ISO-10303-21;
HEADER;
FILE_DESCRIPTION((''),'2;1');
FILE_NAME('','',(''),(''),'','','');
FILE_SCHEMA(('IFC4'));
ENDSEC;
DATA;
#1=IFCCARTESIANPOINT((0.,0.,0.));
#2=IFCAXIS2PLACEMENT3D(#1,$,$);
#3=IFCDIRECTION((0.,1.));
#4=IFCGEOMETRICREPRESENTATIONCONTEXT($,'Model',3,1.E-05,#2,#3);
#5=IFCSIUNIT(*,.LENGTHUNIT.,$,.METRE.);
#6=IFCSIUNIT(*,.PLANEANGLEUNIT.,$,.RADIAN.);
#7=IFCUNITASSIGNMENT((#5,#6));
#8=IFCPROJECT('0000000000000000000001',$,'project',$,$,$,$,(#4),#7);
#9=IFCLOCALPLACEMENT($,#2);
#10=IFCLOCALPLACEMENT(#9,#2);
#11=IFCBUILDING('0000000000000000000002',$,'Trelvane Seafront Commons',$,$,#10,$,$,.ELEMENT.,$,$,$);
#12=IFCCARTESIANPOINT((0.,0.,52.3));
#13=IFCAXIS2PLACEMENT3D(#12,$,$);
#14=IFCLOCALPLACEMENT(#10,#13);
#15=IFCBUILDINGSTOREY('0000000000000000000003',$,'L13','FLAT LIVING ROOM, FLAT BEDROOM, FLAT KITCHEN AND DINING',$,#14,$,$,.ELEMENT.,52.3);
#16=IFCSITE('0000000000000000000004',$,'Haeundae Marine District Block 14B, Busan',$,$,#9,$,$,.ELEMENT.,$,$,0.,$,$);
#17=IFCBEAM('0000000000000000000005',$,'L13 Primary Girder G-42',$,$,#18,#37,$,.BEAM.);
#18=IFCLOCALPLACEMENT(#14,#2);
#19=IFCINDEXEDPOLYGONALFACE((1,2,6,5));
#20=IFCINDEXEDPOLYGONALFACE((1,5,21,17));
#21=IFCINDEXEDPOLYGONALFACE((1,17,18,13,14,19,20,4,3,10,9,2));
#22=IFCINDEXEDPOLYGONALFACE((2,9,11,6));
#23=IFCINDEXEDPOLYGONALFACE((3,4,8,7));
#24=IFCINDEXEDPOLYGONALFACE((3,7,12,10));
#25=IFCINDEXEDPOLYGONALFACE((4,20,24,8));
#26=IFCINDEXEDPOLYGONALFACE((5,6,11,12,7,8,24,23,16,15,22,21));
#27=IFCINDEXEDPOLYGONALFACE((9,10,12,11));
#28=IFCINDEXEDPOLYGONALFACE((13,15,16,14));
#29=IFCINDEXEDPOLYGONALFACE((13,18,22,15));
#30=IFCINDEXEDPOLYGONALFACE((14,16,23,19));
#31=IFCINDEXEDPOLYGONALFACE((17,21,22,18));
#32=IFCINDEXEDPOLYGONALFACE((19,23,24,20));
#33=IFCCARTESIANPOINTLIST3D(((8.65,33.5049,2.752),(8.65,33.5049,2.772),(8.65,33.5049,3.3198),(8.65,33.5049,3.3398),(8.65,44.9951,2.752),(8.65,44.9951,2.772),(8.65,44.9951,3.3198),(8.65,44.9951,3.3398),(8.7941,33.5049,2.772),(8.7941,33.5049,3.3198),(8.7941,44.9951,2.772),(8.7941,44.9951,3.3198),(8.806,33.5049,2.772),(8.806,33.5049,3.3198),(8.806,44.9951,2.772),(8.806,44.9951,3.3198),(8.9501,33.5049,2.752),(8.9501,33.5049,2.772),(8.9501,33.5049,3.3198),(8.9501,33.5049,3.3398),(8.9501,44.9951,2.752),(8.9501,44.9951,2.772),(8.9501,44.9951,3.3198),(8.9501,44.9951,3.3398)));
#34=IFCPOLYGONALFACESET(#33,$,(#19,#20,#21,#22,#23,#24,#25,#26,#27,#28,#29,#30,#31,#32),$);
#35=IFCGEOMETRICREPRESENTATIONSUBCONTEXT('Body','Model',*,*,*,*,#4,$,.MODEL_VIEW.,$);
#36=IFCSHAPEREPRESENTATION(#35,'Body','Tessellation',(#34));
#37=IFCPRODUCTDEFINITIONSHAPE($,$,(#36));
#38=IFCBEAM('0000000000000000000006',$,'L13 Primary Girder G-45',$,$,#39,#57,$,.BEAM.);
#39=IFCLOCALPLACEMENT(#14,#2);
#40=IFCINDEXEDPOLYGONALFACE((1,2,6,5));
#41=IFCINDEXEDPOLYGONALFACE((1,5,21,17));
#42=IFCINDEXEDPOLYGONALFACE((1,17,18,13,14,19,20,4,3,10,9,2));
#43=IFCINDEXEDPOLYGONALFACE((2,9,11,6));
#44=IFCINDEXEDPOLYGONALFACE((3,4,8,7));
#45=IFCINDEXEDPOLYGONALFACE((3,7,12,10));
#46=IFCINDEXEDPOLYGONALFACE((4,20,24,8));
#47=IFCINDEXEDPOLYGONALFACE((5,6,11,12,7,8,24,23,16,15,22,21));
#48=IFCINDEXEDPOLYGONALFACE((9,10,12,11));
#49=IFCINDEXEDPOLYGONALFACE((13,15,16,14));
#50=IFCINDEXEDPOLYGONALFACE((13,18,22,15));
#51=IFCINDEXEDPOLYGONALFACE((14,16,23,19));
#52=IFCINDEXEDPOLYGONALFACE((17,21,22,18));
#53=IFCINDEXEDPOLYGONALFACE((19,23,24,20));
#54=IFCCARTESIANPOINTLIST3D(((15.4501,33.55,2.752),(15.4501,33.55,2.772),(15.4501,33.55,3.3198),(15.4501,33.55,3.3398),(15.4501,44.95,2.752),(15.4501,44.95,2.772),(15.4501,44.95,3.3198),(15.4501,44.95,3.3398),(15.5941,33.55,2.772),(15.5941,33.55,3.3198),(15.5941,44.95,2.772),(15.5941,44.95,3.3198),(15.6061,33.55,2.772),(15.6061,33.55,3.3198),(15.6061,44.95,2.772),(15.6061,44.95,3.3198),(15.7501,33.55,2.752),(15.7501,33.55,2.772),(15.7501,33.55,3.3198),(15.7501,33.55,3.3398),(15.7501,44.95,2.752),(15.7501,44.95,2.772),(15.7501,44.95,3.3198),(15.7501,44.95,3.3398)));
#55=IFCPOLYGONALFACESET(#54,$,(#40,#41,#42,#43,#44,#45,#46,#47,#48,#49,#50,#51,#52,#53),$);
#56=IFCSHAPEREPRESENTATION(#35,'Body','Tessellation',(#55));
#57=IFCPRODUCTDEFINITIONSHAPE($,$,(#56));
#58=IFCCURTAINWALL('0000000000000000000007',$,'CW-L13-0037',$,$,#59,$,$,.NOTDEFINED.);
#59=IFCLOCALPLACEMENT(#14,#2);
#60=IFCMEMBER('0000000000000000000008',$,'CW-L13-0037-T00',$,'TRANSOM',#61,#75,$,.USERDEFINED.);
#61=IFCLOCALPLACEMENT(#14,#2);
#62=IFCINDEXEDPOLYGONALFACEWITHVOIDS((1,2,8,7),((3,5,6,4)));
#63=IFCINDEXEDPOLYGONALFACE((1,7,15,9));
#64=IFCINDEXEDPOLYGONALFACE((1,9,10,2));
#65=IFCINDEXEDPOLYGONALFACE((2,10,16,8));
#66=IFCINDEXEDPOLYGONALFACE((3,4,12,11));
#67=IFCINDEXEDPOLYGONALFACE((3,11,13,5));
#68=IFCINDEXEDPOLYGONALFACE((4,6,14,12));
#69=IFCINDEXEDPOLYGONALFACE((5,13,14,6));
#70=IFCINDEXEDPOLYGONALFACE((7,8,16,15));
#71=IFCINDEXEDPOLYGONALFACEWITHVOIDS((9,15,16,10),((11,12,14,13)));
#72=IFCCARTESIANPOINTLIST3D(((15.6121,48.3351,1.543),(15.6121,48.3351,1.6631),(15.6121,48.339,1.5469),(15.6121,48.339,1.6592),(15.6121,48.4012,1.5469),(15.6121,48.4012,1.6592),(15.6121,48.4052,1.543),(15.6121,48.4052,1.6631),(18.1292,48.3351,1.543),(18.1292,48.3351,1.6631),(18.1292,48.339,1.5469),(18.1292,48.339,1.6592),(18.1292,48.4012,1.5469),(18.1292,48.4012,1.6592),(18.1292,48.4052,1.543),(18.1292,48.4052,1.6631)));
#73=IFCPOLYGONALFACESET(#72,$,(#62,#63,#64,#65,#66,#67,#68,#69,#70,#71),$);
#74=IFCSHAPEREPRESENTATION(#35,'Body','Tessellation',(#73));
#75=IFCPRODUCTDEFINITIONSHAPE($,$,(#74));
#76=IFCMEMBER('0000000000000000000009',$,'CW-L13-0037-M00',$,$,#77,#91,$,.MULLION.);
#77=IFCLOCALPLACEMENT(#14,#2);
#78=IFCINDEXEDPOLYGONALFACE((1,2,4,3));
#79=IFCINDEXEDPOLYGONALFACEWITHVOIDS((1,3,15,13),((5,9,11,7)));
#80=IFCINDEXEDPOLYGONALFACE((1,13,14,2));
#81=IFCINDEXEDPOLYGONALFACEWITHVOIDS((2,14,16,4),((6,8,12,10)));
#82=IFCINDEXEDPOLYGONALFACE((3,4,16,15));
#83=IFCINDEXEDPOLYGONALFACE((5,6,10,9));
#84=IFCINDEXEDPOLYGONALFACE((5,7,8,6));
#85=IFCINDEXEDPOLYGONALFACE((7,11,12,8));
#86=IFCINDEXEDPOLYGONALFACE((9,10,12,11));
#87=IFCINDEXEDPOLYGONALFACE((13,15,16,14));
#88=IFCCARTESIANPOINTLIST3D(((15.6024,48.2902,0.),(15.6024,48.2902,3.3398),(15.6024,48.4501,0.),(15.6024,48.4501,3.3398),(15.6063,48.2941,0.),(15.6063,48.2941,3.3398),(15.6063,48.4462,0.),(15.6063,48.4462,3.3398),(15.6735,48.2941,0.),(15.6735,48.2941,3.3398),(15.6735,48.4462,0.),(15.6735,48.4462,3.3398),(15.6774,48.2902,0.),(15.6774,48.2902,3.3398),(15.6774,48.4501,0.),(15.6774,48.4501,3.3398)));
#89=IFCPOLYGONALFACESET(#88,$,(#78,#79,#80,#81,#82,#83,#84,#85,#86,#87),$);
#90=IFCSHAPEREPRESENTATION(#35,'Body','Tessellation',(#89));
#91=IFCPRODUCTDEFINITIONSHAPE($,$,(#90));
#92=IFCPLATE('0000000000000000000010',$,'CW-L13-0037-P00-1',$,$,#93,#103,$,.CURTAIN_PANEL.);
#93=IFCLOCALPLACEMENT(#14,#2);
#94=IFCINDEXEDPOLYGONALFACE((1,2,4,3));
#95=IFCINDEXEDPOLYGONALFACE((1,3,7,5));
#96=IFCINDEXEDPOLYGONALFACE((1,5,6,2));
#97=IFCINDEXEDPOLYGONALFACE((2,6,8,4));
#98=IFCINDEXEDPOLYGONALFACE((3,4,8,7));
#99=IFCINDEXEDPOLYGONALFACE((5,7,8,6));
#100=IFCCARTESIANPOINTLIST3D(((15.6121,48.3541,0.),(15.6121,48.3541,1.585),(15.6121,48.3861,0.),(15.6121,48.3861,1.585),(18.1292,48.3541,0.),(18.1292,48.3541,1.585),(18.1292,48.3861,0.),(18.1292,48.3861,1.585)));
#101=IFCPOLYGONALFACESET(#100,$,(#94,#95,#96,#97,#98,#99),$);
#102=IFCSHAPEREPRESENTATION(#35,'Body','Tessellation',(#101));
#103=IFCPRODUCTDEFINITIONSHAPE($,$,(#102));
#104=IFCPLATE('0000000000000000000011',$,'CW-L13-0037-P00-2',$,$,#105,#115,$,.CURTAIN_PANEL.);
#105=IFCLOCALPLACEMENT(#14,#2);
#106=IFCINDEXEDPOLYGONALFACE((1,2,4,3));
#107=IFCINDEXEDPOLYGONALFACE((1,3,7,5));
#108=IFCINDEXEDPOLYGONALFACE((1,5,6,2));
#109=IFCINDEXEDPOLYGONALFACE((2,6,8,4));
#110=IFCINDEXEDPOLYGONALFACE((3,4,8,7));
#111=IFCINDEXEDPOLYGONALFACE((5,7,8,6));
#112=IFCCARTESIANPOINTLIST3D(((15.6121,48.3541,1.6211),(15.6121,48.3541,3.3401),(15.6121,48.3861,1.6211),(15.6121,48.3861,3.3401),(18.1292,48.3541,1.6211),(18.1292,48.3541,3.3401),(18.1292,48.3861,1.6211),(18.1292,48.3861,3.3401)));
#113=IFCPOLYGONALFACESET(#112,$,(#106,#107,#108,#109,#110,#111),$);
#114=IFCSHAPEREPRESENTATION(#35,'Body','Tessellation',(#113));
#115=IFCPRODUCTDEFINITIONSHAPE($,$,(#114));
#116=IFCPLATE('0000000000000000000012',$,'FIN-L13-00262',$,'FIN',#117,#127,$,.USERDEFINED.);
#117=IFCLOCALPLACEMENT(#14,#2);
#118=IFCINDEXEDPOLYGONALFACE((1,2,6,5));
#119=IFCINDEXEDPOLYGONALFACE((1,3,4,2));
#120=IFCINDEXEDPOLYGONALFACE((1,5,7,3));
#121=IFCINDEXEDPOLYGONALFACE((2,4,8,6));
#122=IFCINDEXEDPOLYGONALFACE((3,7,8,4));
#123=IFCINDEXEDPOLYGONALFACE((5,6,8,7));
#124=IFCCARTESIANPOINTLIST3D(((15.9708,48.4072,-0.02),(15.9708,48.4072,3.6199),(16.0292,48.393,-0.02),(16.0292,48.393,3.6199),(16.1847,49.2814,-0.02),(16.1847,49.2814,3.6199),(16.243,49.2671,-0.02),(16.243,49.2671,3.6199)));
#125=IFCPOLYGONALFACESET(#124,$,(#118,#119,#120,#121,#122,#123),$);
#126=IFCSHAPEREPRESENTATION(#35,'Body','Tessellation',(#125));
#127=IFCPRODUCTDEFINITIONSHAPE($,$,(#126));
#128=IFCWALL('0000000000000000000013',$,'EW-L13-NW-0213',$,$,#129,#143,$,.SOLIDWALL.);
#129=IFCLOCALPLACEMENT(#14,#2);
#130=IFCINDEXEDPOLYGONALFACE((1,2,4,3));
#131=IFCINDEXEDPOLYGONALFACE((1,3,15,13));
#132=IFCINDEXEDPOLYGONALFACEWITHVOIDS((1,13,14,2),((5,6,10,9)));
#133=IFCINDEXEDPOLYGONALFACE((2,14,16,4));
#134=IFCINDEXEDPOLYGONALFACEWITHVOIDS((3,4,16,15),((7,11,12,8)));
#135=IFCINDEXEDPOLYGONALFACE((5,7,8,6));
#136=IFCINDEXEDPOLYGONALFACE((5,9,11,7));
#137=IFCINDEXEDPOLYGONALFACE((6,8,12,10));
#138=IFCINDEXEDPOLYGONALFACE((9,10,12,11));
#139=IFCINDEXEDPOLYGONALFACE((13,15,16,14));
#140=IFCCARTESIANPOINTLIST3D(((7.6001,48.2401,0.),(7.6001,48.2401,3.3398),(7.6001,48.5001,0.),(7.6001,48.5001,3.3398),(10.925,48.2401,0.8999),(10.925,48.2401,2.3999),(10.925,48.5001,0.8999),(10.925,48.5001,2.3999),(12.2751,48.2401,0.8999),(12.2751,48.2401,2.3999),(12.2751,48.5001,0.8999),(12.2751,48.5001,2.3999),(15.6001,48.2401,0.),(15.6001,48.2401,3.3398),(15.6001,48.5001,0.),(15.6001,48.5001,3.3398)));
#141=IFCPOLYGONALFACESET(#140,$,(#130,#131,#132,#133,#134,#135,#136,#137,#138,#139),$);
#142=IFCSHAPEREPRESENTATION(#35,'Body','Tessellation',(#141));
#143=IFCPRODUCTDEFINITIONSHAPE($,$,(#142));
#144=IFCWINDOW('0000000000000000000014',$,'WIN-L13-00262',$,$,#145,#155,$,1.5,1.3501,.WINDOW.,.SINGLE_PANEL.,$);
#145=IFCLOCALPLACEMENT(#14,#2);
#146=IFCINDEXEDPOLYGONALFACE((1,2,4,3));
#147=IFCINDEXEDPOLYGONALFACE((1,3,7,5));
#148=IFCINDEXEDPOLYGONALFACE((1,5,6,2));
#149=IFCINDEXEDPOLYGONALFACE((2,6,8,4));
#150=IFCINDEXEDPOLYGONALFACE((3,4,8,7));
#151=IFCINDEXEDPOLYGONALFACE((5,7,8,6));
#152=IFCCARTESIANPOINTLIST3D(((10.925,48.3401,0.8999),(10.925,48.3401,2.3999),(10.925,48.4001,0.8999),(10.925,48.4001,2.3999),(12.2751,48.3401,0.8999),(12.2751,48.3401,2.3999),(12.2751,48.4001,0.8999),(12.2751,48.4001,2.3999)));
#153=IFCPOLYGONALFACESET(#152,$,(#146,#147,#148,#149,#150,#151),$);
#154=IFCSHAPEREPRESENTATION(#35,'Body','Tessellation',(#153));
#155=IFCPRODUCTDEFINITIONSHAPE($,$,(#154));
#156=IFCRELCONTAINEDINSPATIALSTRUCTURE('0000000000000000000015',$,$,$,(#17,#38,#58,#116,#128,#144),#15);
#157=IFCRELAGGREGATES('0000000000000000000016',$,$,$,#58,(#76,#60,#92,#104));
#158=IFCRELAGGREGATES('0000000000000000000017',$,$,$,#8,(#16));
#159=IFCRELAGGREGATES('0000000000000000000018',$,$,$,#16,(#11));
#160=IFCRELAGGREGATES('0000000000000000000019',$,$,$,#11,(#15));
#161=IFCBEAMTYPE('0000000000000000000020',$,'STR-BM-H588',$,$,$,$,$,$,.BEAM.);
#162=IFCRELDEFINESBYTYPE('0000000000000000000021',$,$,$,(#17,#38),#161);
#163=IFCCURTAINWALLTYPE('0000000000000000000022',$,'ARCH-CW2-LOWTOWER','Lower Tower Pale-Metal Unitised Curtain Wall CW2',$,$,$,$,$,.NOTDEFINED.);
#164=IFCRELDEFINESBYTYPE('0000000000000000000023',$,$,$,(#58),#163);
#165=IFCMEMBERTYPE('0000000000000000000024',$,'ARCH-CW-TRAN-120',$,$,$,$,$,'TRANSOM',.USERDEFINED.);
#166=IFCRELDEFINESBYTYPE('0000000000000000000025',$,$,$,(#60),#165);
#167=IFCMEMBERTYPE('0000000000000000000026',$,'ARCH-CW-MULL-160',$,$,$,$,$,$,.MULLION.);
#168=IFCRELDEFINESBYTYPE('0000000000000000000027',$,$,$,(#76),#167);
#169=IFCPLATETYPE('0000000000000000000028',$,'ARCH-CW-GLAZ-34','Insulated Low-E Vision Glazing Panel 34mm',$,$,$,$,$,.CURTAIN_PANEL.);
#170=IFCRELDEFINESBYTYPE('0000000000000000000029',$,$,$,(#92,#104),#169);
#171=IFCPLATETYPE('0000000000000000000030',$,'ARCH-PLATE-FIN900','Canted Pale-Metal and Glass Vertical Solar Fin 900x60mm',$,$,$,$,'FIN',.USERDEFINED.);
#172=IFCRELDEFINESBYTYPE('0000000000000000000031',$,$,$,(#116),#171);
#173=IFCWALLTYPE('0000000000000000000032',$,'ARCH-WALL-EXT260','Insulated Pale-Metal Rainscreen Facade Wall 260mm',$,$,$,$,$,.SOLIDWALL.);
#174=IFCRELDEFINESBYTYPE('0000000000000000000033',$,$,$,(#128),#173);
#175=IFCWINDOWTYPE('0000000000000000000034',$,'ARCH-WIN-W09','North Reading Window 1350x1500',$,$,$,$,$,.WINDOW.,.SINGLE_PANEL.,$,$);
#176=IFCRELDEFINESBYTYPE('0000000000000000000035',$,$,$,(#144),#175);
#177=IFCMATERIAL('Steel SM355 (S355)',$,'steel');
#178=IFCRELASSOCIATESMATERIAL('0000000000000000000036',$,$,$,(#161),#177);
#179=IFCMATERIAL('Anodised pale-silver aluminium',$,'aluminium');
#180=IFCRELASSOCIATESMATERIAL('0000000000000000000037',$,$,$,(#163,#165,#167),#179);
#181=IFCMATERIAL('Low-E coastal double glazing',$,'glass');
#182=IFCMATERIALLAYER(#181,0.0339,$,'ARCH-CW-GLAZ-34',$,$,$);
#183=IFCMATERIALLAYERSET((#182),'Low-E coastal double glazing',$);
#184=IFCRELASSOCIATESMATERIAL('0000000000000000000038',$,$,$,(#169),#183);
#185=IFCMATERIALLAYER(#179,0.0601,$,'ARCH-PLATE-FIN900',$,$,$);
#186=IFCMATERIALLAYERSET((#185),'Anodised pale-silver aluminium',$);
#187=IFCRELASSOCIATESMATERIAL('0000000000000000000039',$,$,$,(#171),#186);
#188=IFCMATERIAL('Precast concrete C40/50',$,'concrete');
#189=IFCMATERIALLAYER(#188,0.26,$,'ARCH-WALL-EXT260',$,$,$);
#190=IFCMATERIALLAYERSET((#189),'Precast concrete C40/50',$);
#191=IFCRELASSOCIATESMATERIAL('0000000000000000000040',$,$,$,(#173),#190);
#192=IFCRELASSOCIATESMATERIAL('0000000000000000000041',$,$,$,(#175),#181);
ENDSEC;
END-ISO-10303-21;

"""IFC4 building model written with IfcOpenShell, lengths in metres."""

from ifc_helpers import new_model, si_unit, direction, frame, frame_2d, origin, origin_2d, place, context, subcontext, project, spatial, rectangle, hollow_rectangle, i_section, extrude, source, transform, mapped, material, layer, layer_set, material_profile, profile_set, type_object, element, fill, aggregate, save


model = new_model("IFC4")

# Units and contexts
model_context = context("Model", 3, precision=1e-05, world=origin(), true_north=direction((0.0, 1.0)))
body_context = subcontext(model_context, "Body", "Model", "MODEL_VIEW")
ifc_project = project(units=[si_unit("LENGTHUNIT", "METRE"), si_unit("PLANEANGLEUNIT", "RADIAN")], contexts=[model_context])

# Site, building, storey
site_placement = place(None, origin())
site = spatial("IfcSite", under=ifc_project, at=site_placement, Name="Haeundae Marine District Block 14B, Busan", CompositionType="ELEMENT", RefElevation=0.0)
building_placement = place(site_placement, origin())
building = spatial("IfcBuilding", under=site, at=building_placement, Name="Trelvane Seafront Commons", CompositionType="ELEMENT")
storey_placement = place(building_placement, frame((0.0, 0.0, 52.3)))
storey = spatial("IfcBuildingStorey", under=building, at=storey_placement, Name="L13", Description="FLAT LIVING ROOM, FLAT BEDROOM, FLAT KITCHEN AND DINING", CompositionType="ELEMENT", Elevation=52.3)

# Shared definitions
ifc_material_1 = material(Name="Steel SM355 (S355)", Category="steel")

# Beams
ifc_material_profile_1 = material_profile(ifc_material_1, i_section(OverallWidth=0.3, OverallDepth=0.5879, WebThickness=0.012, FlangeThickness=0.02, at=origin_2d()), Name="H-588x300x12x20")
ifc_profile_set_1 = profile_set([ifc_material_profile_1], Name="Steel SM355 (S355)")
beam_type_1 = type_object("IfcBeamType", Name="STR-BM-H588", PredefinedType="BEAM", material=ifc_profile_set_1)
shared_shape_1 = source(origin(), body_context, "Body", "SweptSolid", [
    extrude(i_section(OverallWidth=0.3, OverallDepth=0.5879, WebThickness=0.012, FlangeThickness=0.02, at=origin_2d()), origin(), (0.0, 0.0, 1.0), 11.4902),
])
for number, where, z_axis, x_axis, name in (
    (1, (8.8, 33.5049, 3.0459), (0.0, 1.0, 0.0), (-1.0, 0.0, 0.0), "L13 Primary Girder G-42"),
):
    element("IfcBeam", number, at=place(storey_placement, frame(where, z_axis=z_axis, x_axis=x_axis)), inside=storey, type_object=beam_type_1, Name=name, PredefinedType="BEAM", context=body_context, shape_type="MappedRepresentation", body=[
        mapped(shared_shape_1, transform((0.0, 0.0, 0.0), x_axis=(1.0, 0.0, 0.0), y_axis=(0.0, 1.0, 0.0), z_axis=(0.0, 0.0, 1.0), scale=1.0)),
    ])
shared_shape_2 = source(origin(), body_context, "Body", "SweptSolid", [
    extrude(i_section(OverallWidth=0.3, OverallDepth=0.5879, WebThickness=0.012, FlangeThickness=0.02, at=origin_2d()), origin(), (0.0, 0.0, 1.0), 11.3999),
])
beam_1_placement = place(storey_placement, frame((15.6001, 33.55, 3.0459), z_axis=(0.0, 1.0, 0.0), x_axis=(-1.0, 0.0, 0.0)))
element("IfcBeam", 2, at=beam_1_placement, inside=storey, type_object=beam_type_1, Name="L13 Primary Girder G-45", PredefinedType="BEAM", context=body_context, shape_type="MappedRepresentation", body=[
    mapped(shared_shape_2, transform((0.0, 0.0, 0.0), x_axis=(1.0, 0.0, 0.0), y_axis=(0.0, 1.0, 0.0), z_axis=(0.0, 0.0, 1.0), scale=1.0)),
])

# Curtain wall, members, plates
ifc_material_2 = material(Name="Anodised pale-silver aluminium", Category="aluminium")
curtain_wall_type = type_object("IfcCurtainWallType", Name="ARCH-CW2-LOWTOWER", Description="Lower Tower Pale-Metal Unitised Curtain Wall CW2", PredefinedType="NOTDEFINED", material=ifc_material_2)
curtain_wall_placement = place(storey_placement, origin())
curtain_wall = element("IfcCurtainWall", 3, at=curtain_wall_placement, inside=storey, type_object=curtain_wall_type, Name="CW-L13-0037", PredefinedType="NOTDEFINED")
ifc_material_profile_2 = material_profile(ifc_material_2, hollow_rectangle(XDim=0.0701, YDim=0.1201, WallThickness=0.0039, at=origin_2d()), Name="TRAN-70x120x4")
ifc_profile_set_2 = profile_set([ifc_material_profile_2], Name="Anodised pale-silver aluminium")
member_type_1 = type_object("IfcMemberType", Name="ARCH-CW-TRAN-120", ElementType="TRANSOM", PredefinedType="USERDEFINED", material=ifc_profile_set_2)
shared_shape_3 = source(origin(), body_context, "Body", "SweptSolid", [
    extrude(hollow_rectangle(XDim=0.0701, YDim=0.1201, WallThickness=0.0039, at=origin_2d()), origin(), (0.0, 0.0, 1.0), 2.5171),
])
member_1_placement = place(storey_placement, frame((15.6121, 48.3701, 1.603), z_axis=(1.0, 0.0, 0.0), x_axis=(0.0, 1.0, 0.0)))
member_1 = element("IfcMember", 4, at=member_1_placement, type_object=member_type_1, Name="CW-L13-0037-T00", ObjectType="TRANSOM", PredefinedType="USERDEFINED", context=body_context, shape_type="MappedRepresentation", body=[
    mapped(shared_shape_3, transform((0.0, 0.0, 0.0), x_axis=(1.0, 0.0, 0.0), y_axis=(0.0, 1.0, 0.0), z_axis=(0.0, 0.0, 1.0), scale=1.0)),
])
ifc_material_profile_3 = material_profile(ifc_material_2, hollow_rectangle(XDim=0.075, YDim=0.1599, WallThickness=0.0039, at=origin_2d()), Name="MULL-75x160x4")
ifc_profile_set_3 = profile_set([ifc_material_profile_3], Name="Anodised pale-silver aluminium")
member_type_2 = type_object("IfcMemberType", Name="ARCH-CW-MULL-160", PredefinedType="MULLION", material=ifc_profile_set_3)
shared_shape_4 = source(origin(), body_context, "Body", "SweptSolid", [
    extrude(hollow_rectangle(XDim=0.075, YDim=0.1599, WallThickness=0.0039, at=origin_2d()), origin(), (0.0, 0.0, 1.0), 3.3398),
])
member_2_placement = place(storey_placement, frame((15.6399, 48.3701, 0.0), z_axis=(0.0, 0.0, 1.0), x_axis=(1.0, 0.0, 0.0)))
member_2 = element("IfcMember", 5, at=member_2_placement, type_object=member_type_2, Name="CW-L13-0037-M00", PredefinedType="MULLION", context=body_context, shape_type="MappedRepresentation", body=[
    mapped(shared_shape_4, transform((0.0, 0.0, 0.0), x_axis=(1.0, 0.0, 0.0), y_axis=(0.0, 1.0, 0.0), z_axis=(0.0, 0.0, 1.0), scale=1.0)),
])
ifc_material_3 = material(Name="Low-E coastal double glazing", Category="glass")
ifc_layer_1 = layer(ifc_material_3, 0.0339, Name="ARCH-CW-GLAZ-34")
ifc_layer_set_1 = layer_set([ifc_layer_1], Name="Low-E coastal double glazing")
plate_type_1 = type_object("IfcPlateType", Name="ARCH-CW-GLAZ-34", Description="Insulated Low-E Vision Glazing Panel 34mm", PredefinedType="CURTAIN_PANEL", material=ifc_layer_set_1)
shared_shape_5 = source(origin(), body_context, "Body", "SweptSolid", [
    extrude(rectangle(XDim=2.5171, YDim=0.032, at=origin_2d()), origin(), (0.0, 0.0, 1.0), 1.585),
])
plate_1_placement = place(storey_placement, frame((16.8706, 48.3701, 0.0), z_axis=(0.0, 0.0, 1.0), x_axis=(1.0, 0.0, 0.0)))
plate_1 = element("IfcPlate", 6, at=plate_1_placement, type_object=plate_type_1, Name="CW-L13-0037-P00-1", PredefinedType="CURTAIN_PANEL", context=body_context, shape_type="MappedRepresentation", body=[
    mapped(shared_shape_5, transform((0.0, 0.0, 0.0), x_axis=(1.0, 0.0, 0.0), y_axis=(0.0, 1.0, 0.0), z_axis=(0.0, 0.0, 1.0), scale=1.0)),
])
shared_shape_6 = source(origin(), body_context, "Body", "SweptSolid", [
    extrude(rectangle(XDim=2.5171, YDim=0.032, at=origin_2d()), origin(), (0.0, 0.0, 1.0), 1.719),
])
plate_2_placement = place(storey_placement, frame((16.8706, 48.3701, 1.6211), z_axis=(0.0, 0.0, 1.0), x_axis=(1.0, 0.0, 0.0)))
plate_2 = element("IfcPlate", 7, at=plate_2_placement, type_object=plate_type_1, Name="CW-L13-0037-P00-2", PredefinedType="CURTAIN_PANEL", context=body_context, shape_type="MappedRepresentation", body=[
    mapped(shared_shape_6, transform((0.0, 0.0, 0.0), x_axis=(1.0, 0.0, 0.0), y_axis=(0.0, 1.0, 0.0), z_axis=(0.0, 0.0, 1.0), scale=1.0)),
])
aggregate(curtain_wall, [member_2, member_1, plate_1, plate_2])

# Plate
ifc_layer_2 = layer(ifc_material_2, 0.0601, Name="ARCH-PLATE-FIN900")
ifc_layer_set_2 = layer_set([ifc_layer_2], Name="Anodised pale-silver aluminium")
plate_type_2 = type_object("IfcPlateType", Name="ARCH-PLATE-FIN900", Description="Canted Pale-Metal and Glass Vertical Solar Fin 900x60mm", ElementType="FIN", PredefinedType="USERDEFINED", material=ifc_layer_set_2)
shared_shape_7 = source(origin(), body_context, "Body", "SweptSolid", [
    extrude(rectangle(XDim=0.8999, YDim=0.0601, at=origin_2d()), origin(), (0.0, 0.0, 1.0), 3.6399),
])
plate_3_placement = place(storey_placement, frame((16.1069, 48.8372, -0.02), z_axis=(0.0, 0.0, 1.0), x_axis=(0.237669, 0.971346, 0.0)))
element("IfcPlate", 8, at=plate_3_placement, inside=storey, type_object=plate_type_2, Name="FIN-L13-00262", ObjectType="FIN", PredefinedType="USERDEFINED", context=body_context, shape_type="MappedRepresentation", body=[
    mapped(shared_shape_7, transform((0.0, 0.0, 0.0), x_axis=(1.0, 0.0, 0.0), y_axis=(0.0, 1.0, 0.0), z_axis=(0.0, 0.0, 1.0), scale=1.0)),
])

# Wall, opening, window
ifc_material_4 = material(Name="Precast concrete C40/50", Category="concrete")
ifc_layer_3 = layer(ifc_material_4, 0.26, Name="ARCH-WALL-EXT260")
ifc_layer_set_3 = layer_set([ifc_layer_3], Name="Precast concrete C40/50")
wall_type_1 = type_object("IfcWallType", Name="ARCH-WALL-EXT260", Description="Insulated Pale-Metal Rainscreen Facade Wall 260mm", PredefinedType="SOLIDWALL", material=ifc_layer_set_3)
wall_1_placement = place(storey_placement, frame((7.6001, 48.3701, 0.0), z_axis=(0.0, 0.0, 1.0), x_axis=(1.0, 0.0, 0.0)))
wall_1 = element("IfcWall", 9, at=wall_1_placement, inside=storey, type_object=wall_type_1, Name="EW-L13-NW-0213", PredefinedType="SOLIDWALL", context=body_context, shape_type="SweptSolid", body=[
    extrude(rectangle(XDim=8.0, YDim=0.26, at=frame_2d((4.0, 0.0))), origin(), (0.0, 0.0, 1.0), 3.3398),
])
opening_1_placement = place(wall_1_placement, frame((3.325, 0.0, 0.8999)))
opening_1 = element("IfcOpeningElement", 10, at=opening_1_placement, cuts=wall_1, PredefinedType="OPENING", context=body_context, shape_type="SweptSolid", body=[
    extrude(rectangle(XDim=1.3501, YDim=1.5, at=frame_2d((0.675, 0.75))), frame((0.0, 0.1399, 0.0), z_axis=(0.0, -1.0, 0.0), x_axis=(1.0, 0.0, 0.0)), (0.0, 0.0, 1.0), 0.28),
])
window_type = type_object("IfcWindowType", Name="ARCH-WIN-W09", Description="North Reading Window 1350x1500", PartitioningType="SINGLE_PANEL", PredefinedType="WINDOW", material=ifc_material_3)
shared_shape_8 = source(origin(), body_context, "Body", "SweptSolid", [
    extrude(rectangle(XDim=1.3501, YDim=1.5, at=frame_2d((0.675, 0.75))), frame((0.0, 0.03, 0.0), z_axis=(0.0, -1.0, 0.0), x_axis=(1.0, 0.0, 0.0)), (0.0, 0.0, 1.0), 0.0601),
])
window_placement = place(opening_1_placement, origin())
window = element("IfcWindow", 11, at=window_placement, inside=storey, type_object=window_type, Name="WIN-L13-00262", OverallHeight=1.5, OverallWidth=1.3501, PartitioningType="SINGLE_PANEL", PredefinedType="WINDOW", context=body_context, shape_type="MappedRepresentation", body=[
    mapped(shared_shape_8, transform((0.0, 0.0, 0.0), x_axis=(1.0, 0.0, 0.0), y_axis=(0.0, 1.0, 0.0), z_axis=(0.0, 0.0, 1.0), scale=1.0)),
])
fill(opening_1, window)

save(model, "model.ifc")
